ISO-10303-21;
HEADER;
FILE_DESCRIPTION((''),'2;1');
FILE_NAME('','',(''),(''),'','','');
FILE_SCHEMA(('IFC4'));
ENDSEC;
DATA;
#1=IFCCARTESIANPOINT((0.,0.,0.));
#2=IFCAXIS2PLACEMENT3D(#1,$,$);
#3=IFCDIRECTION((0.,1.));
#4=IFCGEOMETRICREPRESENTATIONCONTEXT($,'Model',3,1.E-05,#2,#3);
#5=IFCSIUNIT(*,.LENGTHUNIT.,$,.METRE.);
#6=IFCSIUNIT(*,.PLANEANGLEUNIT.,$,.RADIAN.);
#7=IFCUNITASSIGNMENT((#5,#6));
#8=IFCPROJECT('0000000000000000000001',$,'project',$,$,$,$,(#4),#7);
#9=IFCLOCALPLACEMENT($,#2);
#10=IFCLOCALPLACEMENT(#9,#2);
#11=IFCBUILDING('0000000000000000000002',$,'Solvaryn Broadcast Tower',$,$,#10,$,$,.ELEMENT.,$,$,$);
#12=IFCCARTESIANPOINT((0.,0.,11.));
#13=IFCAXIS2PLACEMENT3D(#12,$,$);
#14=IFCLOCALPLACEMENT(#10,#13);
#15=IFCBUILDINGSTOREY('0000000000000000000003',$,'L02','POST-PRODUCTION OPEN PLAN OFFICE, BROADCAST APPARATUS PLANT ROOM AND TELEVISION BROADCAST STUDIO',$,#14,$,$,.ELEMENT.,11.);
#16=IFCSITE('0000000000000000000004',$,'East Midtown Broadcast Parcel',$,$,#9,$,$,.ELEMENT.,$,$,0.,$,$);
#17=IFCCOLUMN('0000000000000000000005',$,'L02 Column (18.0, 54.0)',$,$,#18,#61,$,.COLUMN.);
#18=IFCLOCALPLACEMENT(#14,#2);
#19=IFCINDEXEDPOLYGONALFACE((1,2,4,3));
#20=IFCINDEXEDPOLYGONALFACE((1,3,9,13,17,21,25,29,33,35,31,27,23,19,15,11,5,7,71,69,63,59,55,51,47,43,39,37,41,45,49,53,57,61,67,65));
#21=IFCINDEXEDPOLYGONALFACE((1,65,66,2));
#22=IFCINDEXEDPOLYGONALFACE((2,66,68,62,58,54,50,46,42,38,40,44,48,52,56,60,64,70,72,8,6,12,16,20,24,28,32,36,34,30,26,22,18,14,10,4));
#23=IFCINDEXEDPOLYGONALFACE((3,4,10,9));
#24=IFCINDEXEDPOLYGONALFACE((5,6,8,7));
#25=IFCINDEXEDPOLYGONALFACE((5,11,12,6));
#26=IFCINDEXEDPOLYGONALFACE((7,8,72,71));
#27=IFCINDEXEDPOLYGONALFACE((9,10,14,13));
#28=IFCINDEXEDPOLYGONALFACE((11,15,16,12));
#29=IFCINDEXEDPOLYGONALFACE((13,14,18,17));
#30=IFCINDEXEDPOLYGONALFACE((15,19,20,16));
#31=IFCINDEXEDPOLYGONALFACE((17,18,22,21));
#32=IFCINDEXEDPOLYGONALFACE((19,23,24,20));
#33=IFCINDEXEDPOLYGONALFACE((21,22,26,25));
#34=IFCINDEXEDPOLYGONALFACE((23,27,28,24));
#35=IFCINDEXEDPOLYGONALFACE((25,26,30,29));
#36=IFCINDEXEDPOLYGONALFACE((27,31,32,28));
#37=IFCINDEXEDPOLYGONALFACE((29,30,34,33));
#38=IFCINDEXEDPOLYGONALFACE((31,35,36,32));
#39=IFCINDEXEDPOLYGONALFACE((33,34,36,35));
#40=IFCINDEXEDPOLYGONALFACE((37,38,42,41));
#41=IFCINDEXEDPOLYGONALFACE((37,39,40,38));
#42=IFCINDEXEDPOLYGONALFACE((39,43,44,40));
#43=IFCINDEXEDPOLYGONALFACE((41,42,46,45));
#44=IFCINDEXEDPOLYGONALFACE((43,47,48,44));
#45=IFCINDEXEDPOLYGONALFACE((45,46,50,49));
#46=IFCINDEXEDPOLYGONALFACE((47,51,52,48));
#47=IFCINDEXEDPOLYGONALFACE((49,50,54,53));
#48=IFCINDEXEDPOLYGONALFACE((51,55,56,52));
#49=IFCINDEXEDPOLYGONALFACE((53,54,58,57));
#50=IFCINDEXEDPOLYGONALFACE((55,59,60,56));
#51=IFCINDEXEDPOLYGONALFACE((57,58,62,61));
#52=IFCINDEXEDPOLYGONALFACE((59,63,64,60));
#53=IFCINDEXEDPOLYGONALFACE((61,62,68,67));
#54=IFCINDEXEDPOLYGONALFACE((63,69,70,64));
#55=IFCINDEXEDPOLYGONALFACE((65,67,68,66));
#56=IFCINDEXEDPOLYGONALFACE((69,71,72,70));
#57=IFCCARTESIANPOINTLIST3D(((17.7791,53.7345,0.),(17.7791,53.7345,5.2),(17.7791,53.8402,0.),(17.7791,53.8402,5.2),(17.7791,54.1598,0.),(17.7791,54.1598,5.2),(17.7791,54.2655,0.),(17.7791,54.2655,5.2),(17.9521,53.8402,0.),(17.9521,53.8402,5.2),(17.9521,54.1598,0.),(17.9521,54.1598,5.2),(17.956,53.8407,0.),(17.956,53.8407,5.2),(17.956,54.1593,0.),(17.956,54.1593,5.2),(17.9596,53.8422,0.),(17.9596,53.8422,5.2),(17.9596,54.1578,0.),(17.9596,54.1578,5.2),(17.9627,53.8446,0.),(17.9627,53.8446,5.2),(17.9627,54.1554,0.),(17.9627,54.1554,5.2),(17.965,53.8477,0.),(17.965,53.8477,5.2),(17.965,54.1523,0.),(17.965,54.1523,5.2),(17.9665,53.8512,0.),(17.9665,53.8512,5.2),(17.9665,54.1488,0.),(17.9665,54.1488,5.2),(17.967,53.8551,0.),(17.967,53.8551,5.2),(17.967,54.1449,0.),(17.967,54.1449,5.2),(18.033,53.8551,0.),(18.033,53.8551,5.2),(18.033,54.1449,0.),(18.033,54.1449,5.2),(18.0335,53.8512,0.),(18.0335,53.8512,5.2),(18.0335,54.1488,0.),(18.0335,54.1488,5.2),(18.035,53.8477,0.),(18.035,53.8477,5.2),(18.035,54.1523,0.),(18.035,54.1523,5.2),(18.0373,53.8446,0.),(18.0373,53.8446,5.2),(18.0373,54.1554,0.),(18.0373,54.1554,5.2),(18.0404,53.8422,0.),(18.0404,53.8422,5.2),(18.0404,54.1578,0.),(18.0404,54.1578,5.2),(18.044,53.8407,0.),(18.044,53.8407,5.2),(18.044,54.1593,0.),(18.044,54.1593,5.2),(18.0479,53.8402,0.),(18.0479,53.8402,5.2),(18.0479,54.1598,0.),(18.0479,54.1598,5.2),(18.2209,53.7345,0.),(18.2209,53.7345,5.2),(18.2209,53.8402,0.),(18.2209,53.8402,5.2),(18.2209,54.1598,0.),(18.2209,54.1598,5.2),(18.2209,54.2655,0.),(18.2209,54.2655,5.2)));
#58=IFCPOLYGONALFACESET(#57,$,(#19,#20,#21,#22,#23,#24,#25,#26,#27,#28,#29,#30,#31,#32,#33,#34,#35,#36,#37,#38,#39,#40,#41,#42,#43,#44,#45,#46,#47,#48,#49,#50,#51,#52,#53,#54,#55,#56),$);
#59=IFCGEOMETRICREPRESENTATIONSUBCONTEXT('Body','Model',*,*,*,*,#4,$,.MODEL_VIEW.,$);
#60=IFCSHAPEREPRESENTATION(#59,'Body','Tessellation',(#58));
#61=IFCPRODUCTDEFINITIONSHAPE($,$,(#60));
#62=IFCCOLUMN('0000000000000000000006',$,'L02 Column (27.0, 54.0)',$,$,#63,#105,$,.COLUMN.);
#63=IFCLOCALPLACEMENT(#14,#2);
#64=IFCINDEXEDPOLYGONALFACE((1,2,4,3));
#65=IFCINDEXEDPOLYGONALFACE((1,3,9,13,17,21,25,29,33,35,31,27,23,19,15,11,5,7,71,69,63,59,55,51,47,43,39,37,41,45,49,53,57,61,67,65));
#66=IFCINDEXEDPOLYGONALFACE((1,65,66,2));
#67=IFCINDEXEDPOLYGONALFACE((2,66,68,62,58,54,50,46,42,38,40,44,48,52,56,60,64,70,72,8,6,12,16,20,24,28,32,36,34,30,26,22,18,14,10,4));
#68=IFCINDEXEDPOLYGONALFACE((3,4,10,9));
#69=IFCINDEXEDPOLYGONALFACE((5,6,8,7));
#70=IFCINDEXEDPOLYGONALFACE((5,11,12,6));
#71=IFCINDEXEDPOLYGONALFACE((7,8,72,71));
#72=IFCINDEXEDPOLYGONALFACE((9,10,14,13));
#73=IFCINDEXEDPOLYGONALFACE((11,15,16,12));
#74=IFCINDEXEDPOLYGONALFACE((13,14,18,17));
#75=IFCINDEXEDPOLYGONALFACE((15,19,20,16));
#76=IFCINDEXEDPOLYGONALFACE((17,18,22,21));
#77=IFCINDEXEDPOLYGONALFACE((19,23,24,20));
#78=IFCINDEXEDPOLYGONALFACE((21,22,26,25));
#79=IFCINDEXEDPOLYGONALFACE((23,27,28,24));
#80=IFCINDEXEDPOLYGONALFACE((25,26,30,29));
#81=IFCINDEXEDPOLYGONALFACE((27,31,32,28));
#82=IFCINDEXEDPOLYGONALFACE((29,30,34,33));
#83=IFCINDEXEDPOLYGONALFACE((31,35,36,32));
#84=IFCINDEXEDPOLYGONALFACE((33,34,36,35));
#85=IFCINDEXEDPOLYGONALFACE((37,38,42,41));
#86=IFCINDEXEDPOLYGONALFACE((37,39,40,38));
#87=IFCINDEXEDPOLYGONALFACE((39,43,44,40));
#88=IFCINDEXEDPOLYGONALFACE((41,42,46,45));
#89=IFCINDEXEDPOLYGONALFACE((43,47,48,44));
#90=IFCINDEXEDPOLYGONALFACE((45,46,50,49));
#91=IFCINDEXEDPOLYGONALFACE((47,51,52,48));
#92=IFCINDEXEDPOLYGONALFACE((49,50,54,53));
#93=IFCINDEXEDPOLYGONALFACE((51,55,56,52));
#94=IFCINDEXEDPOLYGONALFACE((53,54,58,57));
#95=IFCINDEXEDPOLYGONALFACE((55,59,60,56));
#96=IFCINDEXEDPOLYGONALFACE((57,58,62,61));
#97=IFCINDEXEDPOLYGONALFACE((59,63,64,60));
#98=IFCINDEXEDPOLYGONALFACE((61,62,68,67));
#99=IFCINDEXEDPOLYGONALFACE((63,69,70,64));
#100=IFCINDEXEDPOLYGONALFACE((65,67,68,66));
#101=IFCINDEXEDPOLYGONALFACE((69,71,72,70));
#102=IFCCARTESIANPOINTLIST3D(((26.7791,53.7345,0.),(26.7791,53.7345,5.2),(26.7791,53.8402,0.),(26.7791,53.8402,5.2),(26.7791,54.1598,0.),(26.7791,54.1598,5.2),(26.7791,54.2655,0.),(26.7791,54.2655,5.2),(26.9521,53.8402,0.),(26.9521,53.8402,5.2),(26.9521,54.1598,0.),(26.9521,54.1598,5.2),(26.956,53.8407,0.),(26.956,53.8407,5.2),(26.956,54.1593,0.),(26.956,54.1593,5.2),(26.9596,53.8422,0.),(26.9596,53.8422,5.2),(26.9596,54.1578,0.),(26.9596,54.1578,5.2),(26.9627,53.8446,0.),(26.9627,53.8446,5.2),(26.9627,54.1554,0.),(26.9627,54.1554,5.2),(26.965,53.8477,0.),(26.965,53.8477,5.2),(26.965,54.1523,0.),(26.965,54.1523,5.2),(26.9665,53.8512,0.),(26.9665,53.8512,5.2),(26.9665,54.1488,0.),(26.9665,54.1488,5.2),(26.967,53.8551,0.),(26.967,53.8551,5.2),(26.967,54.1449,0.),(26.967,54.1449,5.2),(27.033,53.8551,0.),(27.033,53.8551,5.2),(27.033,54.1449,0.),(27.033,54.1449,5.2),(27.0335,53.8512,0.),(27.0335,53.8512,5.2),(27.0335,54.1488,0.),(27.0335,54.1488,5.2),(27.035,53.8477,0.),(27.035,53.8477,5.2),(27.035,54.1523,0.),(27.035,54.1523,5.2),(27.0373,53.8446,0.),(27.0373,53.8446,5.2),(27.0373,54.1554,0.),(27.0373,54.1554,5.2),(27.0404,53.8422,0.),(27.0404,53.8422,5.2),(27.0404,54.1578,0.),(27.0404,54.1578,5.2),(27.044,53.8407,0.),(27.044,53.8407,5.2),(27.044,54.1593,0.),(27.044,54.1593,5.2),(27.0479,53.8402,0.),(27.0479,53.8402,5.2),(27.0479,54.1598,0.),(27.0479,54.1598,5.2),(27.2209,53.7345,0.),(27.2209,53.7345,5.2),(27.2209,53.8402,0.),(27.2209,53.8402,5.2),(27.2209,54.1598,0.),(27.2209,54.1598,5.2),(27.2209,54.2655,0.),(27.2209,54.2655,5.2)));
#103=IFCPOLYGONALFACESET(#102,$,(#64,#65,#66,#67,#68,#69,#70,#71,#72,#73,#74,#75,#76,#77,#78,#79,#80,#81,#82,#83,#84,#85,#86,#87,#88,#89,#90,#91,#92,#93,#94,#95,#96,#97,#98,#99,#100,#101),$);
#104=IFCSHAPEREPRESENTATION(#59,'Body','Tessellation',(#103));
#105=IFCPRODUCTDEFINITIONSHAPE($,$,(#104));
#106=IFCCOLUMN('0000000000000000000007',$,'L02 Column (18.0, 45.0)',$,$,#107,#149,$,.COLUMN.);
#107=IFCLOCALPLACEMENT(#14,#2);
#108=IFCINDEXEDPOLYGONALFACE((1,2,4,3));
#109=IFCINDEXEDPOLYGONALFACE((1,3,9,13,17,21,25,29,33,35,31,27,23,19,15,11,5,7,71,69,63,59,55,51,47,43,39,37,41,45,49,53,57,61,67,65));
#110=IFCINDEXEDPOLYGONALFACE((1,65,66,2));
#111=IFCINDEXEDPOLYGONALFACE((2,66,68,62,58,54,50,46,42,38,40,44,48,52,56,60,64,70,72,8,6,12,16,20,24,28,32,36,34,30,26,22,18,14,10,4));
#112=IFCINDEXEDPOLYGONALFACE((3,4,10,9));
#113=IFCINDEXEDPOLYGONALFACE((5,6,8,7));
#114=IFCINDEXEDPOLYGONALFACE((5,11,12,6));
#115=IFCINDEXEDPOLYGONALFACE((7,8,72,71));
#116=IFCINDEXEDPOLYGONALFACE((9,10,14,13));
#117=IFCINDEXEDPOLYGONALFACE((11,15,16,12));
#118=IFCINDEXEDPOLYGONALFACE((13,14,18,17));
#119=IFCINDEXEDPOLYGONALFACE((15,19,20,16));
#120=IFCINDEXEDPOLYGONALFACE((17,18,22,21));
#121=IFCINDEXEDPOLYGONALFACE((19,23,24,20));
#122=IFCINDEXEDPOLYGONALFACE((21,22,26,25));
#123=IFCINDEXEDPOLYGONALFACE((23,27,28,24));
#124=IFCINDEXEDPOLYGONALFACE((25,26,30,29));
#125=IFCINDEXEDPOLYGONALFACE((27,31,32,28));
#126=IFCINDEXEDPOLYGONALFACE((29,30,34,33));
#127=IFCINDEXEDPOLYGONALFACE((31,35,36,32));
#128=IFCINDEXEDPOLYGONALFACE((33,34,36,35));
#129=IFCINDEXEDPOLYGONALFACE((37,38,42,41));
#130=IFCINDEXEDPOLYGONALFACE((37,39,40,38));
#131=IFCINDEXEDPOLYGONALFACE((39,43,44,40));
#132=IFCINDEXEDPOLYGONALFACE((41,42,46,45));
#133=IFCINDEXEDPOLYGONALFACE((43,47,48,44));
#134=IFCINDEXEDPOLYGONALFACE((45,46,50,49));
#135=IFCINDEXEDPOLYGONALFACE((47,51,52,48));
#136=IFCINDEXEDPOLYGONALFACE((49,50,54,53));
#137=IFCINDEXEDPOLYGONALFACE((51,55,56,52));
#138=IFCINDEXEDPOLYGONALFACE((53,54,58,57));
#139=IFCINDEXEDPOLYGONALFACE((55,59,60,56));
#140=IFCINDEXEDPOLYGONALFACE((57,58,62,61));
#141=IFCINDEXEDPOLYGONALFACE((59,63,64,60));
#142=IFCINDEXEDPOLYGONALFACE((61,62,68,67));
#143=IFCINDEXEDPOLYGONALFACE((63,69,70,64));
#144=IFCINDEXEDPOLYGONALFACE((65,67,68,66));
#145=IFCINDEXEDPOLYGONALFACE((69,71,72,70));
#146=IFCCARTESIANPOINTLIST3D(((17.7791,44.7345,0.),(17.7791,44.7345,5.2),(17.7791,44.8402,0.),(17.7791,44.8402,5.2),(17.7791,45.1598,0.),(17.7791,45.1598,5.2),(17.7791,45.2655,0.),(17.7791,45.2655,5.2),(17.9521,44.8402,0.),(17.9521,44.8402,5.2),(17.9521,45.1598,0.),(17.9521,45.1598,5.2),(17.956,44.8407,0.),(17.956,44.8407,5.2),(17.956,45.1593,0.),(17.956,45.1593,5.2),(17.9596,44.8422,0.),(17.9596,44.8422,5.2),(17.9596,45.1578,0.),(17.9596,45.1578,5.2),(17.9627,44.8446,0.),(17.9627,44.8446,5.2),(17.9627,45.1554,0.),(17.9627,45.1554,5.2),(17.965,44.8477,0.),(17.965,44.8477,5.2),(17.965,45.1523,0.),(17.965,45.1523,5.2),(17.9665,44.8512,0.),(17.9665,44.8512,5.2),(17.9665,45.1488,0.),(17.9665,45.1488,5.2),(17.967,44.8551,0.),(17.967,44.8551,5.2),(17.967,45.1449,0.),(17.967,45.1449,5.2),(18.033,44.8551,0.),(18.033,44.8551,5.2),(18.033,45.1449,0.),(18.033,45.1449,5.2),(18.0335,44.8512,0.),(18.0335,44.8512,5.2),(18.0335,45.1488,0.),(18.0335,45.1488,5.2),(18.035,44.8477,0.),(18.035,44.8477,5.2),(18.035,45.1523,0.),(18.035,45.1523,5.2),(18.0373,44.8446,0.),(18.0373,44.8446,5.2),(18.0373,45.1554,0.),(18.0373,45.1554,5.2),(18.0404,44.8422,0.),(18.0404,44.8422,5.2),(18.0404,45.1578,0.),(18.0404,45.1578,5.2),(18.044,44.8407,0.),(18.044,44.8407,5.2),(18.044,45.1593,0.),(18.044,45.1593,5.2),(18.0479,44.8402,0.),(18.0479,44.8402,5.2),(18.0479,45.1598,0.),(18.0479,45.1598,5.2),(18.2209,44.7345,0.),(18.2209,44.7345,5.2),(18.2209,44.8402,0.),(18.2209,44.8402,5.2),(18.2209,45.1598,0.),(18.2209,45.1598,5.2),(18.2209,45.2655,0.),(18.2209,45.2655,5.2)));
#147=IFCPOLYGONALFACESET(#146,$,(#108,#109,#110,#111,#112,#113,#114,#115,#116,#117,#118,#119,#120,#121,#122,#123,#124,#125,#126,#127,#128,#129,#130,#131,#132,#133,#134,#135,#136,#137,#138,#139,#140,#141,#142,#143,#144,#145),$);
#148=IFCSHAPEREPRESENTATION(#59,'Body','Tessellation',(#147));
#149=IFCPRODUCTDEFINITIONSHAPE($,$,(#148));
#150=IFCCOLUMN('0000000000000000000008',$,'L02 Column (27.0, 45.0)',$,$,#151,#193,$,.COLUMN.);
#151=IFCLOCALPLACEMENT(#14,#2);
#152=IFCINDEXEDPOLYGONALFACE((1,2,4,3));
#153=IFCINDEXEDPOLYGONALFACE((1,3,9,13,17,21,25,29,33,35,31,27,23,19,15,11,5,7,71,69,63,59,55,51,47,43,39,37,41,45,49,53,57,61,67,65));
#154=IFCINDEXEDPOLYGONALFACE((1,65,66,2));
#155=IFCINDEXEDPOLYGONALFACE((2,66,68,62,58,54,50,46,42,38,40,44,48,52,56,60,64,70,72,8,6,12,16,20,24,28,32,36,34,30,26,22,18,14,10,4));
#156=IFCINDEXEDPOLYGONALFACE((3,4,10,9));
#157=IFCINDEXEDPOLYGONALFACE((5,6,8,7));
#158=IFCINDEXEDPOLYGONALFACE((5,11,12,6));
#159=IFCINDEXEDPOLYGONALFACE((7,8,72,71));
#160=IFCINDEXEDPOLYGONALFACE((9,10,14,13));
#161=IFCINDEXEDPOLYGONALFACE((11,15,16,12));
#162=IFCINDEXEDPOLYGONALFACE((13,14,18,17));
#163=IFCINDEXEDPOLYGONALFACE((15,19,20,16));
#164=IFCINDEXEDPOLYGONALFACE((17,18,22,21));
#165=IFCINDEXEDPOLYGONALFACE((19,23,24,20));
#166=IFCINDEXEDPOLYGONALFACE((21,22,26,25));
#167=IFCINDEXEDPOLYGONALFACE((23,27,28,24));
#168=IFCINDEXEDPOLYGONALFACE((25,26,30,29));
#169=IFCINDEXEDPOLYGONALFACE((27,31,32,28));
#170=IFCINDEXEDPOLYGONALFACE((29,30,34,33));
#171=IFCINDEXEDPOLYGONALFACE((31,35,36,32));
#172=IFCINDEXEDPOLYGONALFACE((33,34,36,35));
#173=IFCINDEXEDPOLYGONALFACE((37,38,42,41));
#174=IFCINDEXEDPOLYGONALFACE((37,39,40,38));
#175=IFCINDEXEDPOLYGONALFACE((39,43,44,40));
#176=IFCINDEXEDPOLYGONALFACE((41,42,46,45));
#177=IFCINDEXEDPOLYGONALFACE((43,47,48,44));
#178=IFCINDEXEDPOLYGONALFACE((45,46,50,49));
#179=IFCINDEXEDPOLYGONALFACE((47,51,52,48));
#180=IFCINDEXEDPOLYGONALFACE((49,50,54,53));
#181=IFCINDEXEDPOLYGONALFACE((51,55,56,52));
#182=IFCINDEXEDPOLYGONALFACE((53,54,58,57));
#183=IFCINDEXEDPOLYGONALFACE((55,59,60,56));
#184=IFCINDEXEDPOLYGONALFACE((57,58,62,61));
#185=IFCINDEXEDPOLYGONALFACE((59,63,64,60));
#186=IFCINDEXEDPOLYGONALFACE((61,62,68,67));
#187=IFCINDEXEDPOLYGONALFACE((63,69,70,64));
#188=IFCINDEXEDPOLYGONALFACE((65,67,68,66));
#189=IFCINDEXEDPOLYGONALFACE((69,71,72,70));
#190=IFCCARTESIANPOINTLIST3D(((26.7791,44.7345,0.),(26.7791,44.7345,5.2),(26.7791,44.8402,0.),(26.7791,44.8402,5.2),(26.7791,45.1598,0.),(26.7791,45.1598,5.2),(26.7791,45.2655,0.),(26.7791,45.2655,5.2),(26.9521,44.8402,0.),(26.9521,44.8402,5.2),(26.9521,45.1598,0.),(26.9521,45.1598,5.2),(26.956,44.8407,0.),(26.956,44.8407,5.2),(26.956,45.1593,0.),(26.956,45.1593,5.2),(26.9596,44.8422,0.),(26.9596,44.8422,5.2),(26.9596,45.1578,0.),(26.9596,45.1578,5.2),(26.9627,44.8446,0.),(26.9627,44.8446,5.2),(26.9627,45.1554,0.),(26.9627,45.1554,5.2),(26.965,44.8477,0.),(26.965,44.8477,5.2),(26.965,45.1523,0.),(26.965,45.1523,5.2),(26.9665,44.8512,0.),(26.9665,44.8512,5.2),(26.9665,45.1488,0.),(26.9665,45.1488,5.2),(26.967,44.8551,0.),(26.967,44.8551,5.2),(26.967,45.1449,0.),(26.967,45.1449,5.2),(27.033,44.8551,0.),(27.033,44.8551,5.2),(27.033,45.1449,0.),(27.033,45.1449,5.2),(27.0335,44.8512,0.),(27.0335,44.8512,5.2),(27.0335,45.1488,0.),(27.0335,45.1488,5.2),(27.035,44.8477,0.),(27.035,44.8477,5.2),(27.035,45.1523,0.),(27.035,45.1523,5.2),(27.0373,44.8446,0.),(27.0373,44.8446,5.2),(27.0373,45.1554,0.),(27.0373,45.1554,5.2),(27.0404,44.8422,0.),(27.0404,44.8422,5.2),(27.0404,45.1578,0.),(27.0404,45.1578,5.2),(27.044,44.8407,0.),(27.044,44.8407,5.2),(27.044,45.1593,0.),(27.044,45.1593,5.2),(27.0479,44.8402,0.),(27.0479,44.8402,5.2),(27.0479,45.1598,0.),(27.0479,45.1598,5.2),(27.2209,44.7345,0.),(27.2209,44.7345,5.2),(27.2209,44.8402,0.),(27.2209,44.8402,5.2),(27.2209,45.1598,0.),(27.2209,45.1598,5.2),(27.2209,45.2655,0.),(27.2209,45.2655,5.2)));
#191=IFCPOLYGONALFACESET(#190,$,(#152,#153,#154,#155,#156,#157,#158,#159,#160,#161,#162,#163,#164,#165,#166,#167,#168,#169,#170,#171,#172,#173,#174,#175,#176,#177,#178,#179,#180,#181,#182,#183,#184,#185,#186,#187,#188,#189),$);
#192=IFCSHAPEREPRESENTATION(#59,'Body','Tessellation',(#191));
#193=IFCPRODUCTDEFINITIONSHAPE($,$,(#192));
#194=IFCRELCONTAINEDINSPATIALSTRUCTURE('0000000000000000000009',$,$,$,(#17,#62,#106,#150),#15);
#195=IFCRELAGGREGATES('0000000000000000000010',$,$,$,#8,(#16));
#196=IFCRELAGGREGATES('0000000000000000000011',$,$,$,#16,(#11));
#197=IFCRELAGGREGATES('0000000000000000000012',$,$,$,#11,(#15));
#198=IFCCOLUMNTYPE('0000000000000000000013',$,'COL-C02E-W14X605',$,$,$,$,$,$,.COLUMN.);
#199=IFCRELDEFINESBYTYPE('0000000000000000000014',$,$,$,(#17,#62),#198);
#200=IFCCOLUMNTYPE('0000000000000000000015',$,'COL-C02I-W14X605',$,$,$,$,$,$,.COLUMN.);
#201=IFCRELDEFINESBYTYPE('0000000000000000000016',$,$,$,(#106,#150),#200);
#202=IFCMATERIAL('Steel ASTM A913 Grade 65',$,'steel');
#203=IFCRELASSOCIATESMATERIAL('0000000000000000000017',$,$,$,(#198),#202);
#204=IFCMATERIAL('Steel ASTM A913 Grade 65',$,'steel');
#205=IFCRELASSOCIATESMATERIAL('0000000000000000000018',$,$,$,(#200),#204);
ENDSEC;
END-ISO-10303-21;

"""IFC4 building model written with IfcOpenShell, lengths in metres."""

from ifc_helpers import new_model, si_unit, direction, frame, origin, origin_2d, place, context, subcontext, project, spatial, i_section, extrude, material, material_profile, profile_set, type_object, element, save


model = new_model("IFC4")

# Units and contexts
model_context = context("Model", 3, precision=1e-05, world=origin(), true_north=direction((0.0, 1.0)))
body_context = subcontext(model_context, "Body", "Model", "MODEL_VIEW")
ifc_project = project(units=[si_unit("LENGTHUNIT", "METRE"), si_unit("PLANEANGLEUNIT", "RADIAN")], contexts=[model_context])

# Site, building, storey
site_placement = place(None, origin())
site = spatial("IfcSite", under=ifc_project, at=site_placement, Name="East Midtown Broadcast Parcel", CompositionType="ELEMENT", RefElevation=0.0)
building_placement = place(site_placement, origin())
building = spatial("IfcBuilding", under=site, at=building_placement, Name="Solvaryn Broadcast Tower", CompositionType="ELEMENT")
storey_placement = place(building_placement, frame((0.0, 0.0, 11.0)))
storey = spatial("IfcBuildingStorey", under=building, at=storey_placement, Name="L02", Description="POST-PRODUCTION OPEN PLAN OFFICE, BROADCAST APPARATUS PLANT ROOM AND TELEVISION BROADCAST STUDIO", CompositionType="ELEMENT", Elevation=11.0)

# Columns
ifc_material_1 = material(Name="Steel ASTM A913 Grade 65", Category="steel")
ifc_material_profile_1 = material_profile(ifc_material_1, i_section(OverallWidth=0.4419, OverallDepth=0.531, WebThickness=0.0659, FlangeThickness=0.1057, FilletRadius=0.0149, at=origin_2d()))
ifc_profile_set_1 = profile_set([ifc_material_profile_1], Name="Steel ASTM A913 Grade 65")
column_type_1 = type_object("IfcColumnType", Name="COL-C02E-W14X605", PredefinedType="COLUMN", material=ifc_profile_set_1)
for number, where, z_axis, x_axis, name in (
    (1, (18.0, 54.0, 0.0), (0.0, 0.0, 1.0), (1.0, 0.0, 0.0), "L02 Column (18.0, 54.0)"),
    (2, (27.0, 54.0, 0.0), (0.0, 0.0, 1.0), (1.0, 0.0, 0.0), "L02 Column (27.0, 54.0)"),
):
    element("IfcColumn", number, at=place(storey_placement, frame(where, z_axis=z_axis, x_axis=x_axis)), inside=storey, type_object=column_type_1, Name=name, PredefinedType="COLUMN", context=body_context, shape_type="SweptSolid", body=[
        extrude(i_section(OverallWidth=0.4419, OverallDepth=0.531, WebThickness=0.0659, FlangeThickness=0.1057, FilletRadius=0.0149, at=origin_2d()), origin(), (0.0, 0.0, 1.0), 5.2),
    ])
ifc_material_2 = material(Name="Steel ASTM A913 Grade 65", Category="steel")
ifc_material_profile_2 = material_profile(ifc_material_2, i_section(OverallWidth=0.4419, OverallDepth=0.531, WebThickness=0.0659, FlangeThickness=0.1057, FilletRadius=0.0149, at=origin_2d()))
ifc_profile_set_2 = profile_set([ifc_material_profile_2], Name="Steel ASTM A913 Grade 65")
column_type_2 = type_object("IfcColumnType", Name="COL-C02I-W14X605", PredefinedType="COLUMN", material=ifc_profile_set_2)
for number, where, z_axis, x_axis, name in (
    (3, (18.0, 45.0, 0.0), (0.0, 0.0, 1.0), (1.0, 0.0, 0.0), "L02 Column (18.0, 45.0)"),
    (4, (27.0, 45.0, 0.0), (0.0, 0.0, 1.0), (1.0, 0.0, 0.0), "L02 Column (27.0, 45.0)"),
):
    element("IfcColumn", number, at=place(storey_placement, frame(where, z_axis=z_axis, x_axis=x_axis)), inside=storey, type_object=column_type_2, Name=name, PredefinedType="COLUMN", context=body_context, shape_type="SweptSolid", body=[
        extrude(i_section(OverallWidth=0.4419, OverallDepth=0.531, WebThickness=0.0659, FlangeThickness=0.1057, FilletRadius=0.0149, at=origin_2d()), origin(), (0.0, 0.0, 1.0), 5.2),
    ])

save(model, "model.ifc")
